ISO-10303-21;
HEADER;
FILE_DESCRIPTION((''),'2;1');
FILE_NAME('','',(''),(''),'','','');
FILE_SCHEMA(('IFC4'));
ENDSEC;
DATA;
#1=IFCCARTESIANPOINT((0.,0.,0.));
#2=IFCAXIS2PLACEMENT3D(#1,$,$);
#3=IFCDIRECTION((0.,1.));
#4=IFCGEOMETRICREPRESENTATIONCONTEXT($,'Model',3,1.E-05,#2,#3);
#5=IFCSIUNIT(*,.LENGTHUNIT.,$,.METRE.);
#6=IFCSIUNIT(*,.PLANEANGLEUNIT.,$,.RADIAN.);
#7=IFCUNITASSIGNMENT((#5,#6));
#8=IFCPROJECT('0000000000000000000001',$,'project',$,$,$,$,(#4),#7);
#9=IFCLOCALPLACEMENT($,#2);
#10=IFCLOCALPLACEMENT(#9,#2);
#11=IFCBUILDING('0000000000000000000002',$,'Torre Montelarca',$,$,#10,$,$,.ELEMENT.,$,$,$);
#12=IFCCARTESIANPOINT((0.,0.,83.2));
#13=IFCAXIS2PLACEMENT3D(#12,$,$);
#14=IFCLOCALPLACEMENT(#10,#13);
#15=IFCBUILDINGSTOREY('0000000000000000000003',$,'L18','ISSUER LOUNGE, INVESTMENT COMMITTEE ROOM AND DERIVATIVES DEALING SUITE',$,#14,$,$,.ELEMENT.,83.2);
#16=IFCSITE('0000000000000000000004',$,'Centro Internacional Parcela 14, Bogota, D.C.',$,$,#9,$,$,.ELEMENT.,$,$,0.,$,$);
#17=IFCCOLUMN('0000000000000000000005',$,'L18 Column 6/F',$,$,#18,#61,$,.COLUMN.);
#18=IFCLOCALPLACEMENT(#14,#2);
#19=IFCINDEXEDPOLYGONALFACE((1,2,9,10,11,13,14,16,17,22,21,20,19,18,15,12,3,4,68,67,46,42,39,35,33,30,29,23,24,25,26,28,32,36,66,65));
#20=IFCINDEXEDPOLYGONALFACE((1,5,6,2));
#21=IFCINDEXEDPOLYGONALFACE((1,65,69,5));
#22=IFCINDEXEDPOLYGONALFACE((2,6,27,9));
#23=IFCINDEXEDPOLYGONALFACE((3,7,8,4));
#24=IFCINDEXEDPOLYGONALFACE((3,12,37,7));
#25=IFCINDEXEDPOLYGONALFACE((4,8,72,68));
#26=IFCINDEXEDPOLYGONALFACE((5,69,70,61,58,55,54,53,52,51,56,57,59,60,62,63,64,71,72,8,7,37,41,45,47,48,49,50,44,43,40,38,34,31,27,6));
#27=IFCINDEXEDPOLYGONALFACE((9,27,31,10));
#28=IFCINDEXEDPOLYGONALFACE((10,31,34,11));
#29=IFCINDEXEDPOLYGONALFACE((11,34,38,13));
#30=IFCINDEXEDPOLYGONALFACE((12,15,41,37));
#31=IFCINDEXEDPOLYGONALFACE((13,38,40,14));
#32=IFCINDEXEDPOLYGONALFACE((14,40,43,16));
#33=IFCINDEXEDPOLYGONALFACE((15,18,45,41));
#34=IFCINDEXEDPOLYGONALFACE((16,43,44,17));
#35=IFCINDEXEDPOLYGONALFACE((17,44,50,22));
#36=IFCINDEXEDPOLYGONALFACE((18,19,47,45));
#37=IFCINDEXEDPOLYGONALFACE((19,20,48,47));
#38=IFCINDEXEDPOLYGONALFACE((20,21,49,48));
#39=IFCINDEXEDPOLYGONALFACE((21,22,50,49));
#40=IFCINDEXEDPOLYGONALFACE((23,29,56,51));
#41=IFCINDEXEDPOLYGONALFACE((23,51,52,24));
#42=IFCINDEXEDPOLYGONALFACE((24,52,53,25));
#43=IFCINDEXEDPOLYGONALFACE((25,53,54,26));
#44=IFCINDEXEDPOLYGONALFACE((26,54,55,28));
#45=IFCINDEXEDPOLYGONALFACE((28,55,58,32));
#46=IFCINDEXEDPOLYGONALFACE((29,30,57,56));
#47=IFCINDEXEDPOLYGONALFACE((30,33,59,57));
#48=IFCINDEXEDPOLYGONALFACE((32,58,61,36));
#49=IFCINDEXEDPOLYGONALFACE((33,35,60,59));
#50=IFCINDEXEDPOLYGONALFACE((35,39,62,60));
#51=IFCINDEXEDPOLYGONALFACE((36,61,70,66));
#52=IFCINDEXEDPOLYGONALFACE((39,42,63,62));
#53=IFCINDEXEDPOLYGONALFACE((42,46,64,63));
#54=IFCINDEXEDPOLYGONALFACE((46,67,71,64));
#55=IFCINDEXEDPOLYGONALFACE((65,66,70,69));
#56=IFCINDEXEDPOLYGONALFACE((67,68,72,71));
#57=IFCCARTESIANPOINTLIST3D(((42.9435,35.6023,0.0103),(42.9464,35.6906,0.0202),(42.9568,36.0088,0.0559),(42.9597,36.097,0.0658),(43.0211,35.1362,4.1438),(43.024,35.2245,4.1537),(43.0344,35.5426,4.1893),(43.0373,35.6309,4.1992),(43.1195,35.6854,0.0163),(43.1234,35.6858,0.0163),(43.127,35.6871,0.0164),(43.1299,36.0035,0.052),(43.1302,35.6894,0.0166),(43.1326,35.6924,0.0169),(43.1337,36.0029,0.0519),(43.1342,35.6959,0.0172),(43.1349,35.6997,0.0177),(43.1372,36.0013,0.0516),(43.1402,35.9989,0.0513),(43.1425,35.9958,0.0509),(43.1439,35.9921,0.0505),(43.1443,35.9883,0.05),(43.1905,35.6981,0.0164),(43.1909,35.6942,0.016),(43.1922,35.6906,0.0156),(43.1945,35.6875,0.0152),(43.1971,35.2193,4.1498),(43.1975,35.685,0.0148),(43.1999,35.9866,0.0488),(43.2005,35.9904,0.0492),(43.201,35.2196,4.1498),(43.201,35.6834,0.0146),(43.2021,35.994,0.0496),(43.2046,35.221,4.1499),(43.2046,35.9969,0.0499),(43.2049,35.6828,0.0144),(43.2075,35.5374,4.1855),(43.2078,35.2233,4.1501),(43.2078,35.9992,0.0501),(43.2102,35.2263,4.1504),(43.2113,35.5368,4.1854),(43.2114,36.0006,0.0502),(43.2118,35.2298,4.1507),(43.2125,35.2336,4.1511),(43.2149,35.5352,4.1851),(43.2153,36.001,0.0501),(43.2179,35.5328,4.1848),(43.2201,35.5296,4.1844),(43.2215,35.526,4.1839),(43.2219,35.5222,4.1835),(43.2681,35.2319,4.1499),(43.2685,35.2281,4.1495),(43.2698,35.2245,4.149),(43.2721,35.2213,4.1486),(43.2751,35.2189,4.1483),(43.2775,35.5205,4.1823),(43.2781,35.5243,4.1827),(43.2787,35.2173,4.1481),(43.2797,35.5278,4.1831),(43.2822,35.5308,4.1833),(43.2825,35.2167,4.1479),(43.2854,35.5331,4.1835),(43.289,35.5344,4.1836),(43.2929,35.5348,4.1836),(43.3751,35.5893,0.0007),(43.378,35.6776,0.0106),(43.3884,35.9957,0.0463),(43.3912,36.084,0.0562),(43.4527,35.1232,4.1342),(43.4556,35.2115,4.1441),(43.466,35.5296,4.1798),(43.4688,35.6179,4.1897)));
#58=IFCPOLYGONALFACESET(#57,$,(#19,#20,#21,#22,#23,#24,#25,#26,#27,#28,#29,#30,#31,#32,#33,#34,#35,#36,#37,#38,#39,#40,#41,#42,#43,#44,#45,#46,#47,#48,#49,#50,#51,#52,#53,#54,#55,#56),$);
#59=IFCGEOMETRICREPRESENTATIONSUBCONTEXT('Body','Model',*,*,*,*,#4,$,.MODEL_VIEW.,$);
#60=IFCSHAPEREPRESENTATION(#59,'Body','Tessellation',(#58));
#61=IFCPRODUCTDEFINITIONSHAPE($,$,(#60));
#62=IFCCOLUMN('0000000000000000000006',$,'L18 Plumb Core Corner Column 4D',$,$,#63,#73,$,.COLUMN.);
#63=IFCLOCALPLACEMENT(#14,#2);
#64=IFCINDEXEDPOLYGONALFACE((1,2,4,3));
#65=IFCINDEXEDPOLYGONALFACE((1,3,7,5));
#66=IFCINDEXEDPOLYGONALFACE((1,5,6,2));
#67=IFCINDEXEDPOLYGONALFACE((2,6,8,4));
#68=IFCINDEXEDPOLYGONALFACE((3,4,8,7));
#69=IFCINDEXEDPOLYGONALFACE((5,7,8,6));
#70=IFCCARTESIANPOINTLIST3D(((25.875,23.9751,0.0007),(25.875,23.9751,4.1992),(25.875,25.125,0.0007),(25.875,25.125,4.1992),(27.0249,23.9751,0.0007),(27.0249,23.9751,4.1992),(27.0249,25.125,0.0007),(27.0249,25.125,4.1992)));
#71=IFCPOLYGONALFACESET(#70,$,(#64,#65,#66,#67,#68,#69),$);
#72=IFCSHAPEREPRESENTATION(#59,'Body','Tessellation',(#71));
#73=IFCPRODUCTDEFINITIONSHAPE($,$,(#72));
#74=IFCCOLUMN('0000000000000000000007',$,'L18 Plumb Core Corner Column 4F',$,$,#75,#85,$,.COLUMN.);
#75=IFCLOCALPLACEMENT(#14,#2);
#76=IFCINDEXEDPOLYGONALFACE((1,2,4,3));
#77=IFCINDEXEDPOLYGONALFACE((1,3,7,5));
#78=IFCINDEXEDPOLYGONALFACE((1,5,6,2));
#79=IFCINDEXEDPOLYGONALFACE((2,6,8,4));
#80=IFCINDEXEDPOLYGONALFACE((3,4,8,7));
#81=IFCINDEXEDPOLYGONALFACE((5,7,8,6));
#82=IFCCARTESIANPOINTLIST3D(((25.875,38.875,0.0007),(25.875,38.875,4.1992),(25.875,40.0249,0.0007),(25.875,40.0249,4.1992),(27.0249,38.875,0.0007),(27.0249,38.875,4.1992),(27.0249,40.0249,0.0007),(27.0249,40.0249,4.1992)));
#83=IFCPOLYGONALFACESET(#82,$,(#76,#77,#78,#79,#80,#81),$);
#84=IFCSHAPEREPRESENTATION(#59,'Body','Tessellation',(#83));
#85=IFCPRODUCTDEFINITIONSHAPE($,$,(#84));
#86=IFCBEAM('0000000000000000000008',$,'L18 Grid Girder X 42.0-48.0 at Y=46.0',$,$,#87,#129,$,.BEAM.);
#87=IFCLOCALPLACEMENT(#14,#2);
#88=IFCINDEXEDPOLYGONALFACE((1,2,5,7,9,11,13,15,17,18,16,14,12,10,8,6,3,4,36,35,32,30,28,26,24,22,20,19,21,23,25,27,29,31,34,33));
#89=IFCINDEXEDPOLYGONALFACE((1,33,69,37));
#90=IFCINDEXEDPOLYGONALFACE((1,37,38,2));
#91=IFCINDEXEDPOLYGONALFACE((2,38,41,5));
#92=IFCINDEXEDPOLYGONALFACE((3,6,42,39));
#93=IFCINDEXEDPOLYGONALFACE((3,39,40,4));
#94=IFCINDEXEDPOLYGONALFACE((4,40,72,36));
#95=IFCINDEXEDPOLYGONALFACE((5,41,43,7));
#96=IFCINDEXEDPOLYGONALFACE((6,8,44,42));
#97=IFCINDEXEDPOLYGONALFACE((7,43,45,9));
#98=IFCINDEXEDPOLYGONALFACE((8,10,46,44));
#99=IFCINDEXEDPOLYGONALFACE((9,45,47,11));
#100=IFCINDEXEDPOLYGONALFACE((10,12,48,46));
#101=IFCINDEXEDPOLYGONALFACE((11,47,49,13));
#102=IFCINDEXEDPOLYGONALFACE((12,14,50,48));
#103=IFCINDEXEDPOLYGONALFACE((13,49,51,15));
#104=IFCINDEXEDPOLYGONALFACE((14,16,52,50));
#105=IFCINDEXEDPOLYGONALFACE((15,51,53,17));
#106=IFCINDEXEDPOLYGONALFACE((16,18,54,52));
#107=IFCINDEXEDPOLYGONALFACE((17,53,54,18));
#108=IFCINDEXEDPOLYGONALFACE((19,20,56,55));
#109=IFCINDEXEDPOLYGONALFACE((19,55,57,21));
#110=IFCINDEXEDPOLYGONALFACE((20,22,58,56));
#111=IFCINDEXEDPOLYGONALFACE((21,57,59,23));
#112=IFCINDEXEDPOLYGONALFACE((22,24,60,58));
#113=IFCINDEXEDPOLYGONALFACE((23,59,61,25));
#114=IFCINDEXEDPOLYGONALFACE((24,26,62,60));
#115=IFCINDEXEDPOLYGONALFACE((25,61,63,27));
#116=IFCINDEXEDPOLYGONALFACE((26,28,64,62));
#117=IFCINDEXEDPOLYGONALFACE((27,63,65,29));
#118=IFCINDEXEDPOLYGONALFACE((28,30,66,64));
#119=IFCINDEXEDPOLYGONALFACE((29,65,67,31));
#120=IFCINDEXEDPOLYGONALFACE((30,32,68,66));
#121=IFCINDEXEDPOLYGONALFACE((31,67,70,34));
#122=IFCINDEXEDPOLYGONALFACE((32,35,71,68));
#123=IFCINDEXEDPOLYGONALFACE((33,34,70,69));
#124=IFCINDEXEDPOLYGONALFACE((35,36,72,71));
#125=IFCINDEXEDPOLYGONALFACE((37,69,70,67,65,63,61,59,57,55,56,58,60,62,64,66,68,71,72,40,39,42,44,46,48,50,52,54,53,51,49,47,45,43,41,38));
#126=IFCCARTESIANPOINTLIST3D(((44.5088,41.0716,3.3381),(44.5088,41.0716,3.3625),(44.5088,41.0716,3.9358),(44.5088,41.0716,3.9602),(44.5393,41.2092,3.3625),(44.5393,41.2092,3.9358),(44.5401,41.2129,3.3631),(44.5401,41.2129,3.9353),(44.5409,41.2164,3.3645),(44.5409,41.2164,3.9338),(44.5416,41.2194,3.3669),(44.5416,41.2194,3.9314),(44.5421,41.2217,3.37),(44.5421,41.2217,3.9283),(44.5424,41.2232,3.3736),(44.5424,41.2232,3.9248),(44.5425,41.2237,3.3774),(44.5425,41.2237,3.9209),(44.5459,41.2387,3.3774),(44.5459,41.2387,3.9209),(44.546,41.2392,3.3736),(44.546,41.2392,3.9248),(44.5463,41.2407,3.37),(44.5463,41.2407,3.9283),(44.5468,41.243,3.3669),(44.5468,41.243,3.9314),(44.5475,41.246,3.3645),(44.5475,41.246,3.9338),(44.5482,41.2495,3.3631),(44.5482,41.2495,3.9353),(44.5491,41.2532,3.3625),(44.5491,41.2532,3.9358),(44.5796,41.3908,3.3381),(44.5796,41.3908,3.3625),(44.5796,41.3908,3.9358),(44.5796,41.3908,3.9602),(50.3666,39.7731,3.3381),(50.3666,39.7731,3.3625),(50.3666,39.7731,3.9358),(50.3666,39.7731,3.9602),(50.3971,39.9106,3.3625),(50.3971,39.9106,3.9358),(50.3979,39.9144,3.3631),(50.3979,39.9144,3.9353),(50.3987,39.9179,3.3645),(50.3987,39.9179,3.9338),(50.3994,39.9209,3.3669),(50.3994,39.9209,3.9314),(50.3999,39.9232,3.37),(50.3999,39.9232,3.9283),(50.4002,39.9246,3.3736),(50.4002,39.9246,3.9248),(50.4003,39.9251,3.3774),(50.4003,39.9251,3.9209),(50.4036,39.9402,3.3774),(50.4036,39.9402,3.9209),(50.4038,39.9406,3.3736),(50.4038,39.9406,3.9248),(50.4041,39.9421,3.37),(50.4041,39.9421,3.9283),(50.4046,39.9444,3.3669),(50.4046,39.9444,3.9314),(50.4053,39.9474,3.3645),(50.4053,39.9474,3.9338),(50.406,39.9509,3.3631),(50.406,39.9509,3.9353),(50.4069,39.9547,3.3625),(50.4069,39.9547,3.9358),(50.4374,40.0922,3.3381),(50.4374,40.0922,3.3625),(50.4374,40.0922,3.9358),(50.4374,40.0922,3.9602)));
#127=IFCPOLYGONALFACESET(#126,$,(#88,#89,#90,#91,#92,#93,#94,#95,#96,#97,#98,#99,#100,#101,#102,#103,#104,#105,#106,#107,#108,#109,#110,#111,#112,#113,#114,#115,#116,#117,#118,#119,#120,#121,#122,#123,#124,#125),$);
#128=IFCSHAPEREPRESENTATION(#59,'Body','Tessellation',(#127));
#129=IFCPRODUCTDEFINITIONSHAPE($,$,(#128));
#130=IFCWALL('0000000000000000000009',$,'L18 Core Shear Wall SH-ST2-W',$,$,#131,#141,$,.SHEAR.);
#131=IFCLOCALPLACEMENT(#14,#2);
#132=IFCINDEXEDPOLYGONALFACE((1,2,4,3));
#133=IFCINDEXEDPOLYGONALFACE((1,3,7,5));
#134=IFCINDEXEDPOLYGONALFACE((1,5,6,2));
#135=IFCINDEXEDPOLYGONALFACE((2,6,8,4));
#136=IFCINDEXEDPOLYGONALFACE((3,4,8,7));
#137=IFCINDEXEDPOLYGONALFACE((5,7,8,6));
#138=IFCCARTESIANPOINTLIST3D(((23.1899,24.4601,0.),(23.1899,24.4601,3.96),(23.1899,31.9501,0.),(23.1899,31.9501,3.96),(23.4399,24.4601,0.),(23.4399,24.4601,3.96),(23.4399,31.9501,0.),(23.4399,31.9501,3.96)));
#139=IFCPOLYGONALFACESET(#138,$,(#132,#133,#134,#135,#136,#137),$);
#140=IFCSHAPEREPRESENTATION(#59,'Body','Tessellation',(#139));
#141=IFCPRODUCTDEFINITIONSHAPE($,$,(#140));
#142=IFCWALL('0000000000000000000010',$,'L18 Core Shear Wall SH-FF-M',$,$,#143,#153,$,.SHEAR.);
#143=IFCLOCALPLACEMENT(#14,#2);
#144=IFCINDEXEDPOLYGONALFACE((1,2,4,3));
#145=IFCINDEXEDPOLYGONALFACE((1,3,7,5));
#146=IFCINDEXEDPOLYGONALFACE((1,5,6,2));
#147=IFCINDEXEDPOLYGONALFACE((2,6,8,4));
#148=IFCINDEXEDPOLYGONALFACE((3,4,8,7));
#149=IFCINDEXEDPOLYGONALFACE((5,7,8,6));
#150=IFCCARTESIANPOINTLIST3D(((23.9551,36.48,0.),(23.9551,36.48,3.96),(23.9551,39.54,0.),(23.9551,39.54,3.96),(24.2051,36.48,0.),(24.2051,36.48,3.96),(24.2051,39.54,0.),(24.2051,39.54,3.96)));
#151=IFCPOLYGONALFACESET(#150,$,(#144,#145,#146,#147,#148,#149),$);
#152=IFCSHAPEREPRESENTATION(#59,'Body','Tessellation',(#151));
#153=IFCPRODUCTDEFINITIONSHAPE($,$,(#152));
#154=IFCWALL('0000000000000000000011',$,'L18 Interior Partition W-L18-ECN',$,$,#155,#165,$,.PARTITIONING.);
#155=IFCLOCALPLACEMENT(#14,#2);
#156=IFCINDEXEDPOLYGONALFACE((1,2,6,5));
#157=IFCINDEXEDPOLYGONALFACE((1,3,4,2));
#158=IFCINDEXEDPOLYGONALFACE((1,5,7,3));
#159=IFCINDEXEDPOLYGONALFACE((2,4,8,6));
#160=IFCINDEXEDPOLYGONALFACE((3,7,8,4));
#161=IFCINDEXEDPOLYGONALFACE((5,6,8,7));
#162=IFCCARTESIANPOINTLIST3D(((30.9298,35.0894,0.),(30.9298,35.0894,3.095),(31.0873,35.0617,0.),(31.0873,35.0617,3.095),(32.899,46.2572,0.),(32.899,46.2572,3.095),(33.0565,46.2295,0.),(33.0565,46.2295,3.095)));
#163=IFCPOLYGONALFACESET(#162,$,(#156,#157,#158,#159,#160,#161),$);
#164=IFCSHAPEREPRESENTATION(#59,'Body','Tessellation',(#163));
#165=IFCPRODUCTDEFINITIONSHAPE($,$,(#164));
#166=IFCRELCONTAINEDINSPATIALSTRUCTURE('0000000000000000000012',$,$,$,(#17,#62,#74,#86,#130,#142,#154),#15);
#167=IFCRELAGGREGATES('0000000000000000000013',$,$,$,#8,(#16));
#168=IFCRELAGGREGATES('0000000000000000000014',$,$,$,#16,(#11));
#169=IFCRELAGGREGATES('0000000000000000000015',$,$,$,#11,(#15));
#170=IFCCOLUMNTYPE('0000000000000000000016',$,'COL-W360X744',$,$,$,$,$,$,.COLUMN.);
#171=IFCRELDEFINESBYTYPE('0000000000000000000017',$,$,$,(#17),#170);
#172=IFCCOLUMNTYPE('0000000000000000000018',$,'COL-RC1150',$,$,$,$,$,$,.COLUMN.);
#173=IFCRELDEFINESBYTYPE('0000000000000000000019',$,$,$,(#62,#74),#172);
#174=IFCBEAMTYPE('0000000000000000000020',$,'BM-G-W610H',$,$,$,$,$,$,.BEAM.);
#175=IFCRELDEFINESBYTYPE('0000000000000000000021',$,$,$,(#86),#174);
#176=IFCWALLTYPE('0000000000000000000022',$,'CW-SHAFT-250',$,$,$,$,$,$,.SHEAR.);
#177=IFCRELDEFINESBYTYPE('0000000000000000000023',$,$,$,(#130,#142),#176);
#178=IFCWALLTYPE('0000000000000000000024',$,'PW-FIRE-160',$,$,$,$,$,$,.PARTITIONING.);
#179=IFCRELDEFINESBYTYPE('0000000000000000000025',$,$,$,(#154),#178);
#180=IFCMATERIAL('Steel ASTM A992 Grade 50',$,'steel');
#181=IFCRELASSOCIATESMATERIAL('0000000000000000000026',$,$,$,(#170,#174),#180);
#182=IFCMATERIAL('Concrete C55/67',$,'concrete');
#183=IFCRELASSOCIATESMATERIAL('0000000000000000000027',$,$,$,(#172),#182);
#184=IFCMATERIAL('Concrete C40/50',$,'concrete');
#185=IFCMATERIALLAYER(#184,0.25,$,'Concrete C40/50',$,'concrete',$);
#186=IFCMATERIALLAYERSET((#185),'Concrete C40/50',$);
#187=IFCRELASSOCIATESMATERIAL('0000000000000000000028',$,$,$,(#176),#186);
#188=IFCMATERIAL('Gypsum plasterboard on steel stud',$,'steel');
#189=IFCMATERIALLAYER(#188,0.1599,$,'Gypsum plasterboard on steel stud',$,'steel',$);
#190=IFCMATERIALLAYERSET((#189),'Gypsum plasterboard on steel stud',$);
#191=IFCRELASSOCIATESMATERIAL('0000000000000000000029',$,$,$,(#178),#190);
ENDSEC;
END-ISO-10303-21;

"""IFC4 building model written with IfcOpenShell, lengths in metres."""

from ifc_helpers import new_model, si_unit, direction, frame, frame_2d, origin, origin_2d, place, context, subcontext, project, spatial, rectangle, i_section, extrude, clip, halfspace, source, transform, mapped, material, layer, layer_set, material_profile, profile_set, type_object, element, save


model = new_model("IFC4")

# Units and contexts
model_context = context("Model", 3, precision=1e-05, world=origin(), true_north=direction((0.0, 1.0)))
body_context = subcontext(model_context, "Body", "Model", "MODEL_VIEW")
ifc_project = project(units=[si_unit("LENGTHUNIT", "METRE"), si_unit("PLANEANGLEUNIT", "RADIAN")], contexts=[model_context])

# Site, building, storey
site_placement = place(None, origin())
site = spatial("IfcSite", under=ifc_project, at=site_placement, Name="Centro Internacional Parcela 14, Bogota, D.C.", CompositionType="ELEMENT", RefElevation=0.0)
building_placement = place(site_placement, origin())
building = spatial("IfcBuilding", under=site, at=building_placement, Name="Torre Montelarca", CompositionType="ELEMENT")
storey_placement = place(building_placement, frame((0.0, 0.0, 83.2)))
storey = spatial("IfcBuildingStorey", under=building, at=storey_placement, Name="L18", Description="ISSUER LOUNGE, INVESTMENT COMMITTEE ROOM AND DERIVATIVES DEALING SUITE", CompositionType="ELEMENT", Elevation=83.2)

# Columns
ifc_material_1 = material(Name="Steel ASTM A992 Grade 50", Category="steel")
ifc_material_profile_1 = material_profile(ifc_material_1, i_section(OverallWidth=0.4319, OverallDepth=0.498, WebThickness=0.0557, FlangeThickness=0.0889, FilletRadius=0.0149, at=origin_2d()), Name="W360X744", Category="steel")
ifc_profile_set_1 = profile_set([ifc_material_profile_1], Name="Steel ASTM A992 Grade 50")
column_type_1 = type_object("IfcColumnType", Name="COL-W360X744", PredefinedType="COLUMN", material=ifc_profile_set_1)
column_1_placement = place(storey_placement, frame((43.1667, 35.8469, 0.0), z_axis=(0.018654, -0.112041, 0.993528), x_axis=(-0.999301, 0.030118, 0.022159)))
element("IfcColumn", 1, at=column_1_placement, inside=storey, type_object=column_type_1, Name="L18 Column 6/F", PredefinedType="COLUMN", context=body_context, shape_type="Clipping", body=[
    clip(clip(extrude(i_section(OverallWidth=0.4319, OverallDepth=0.498, WebThickness=0.0557, FlangeThickness=0.0889, FilletRadius=0.0149, at=origin_2d()), origin(), (0.0, 0.0, 1.0), 4.2273), halfspace(frame((0.0, 0.0, 0.0334), z_axis=(0.0, 0.0, -1.0), x_axis=(1.0, 0.0, 0.0)), False)), halfspace(frame((0.0, 0.0, 4.1938), z_axis=(0.0, 0.0, 1.0), x_axis=(1.0, 0.0, 0.0)), False)),
])
ifc_material_2 = material(Name="Concrete C55/67", Category="concrete")
ifc_material_profile_2 = material_profile(ifc_material_2, rectangle(XDim=1.1499, YDim=1.1499, at=origin_2d()), Name="RC1150X1150", Category="concrete")
ifc_profile_set_2 = profile_set([ifc_material_profile_2], Name="Concrete C55/67")
column_type_2 = type_object("IfcColumnType", Name="COL-RC1150", PredefinedType="COLUMN", material=ifc_profile_set_2)
shared_shape_1 = source(origin(), body_context, "Body", "SweptSolid", [
    extrude(rectangle(XDim=1.1499, YDim=1.1499, at=origin_2d()), origin(), (0.0, 0.0, 1.0), 4.1985),
])
for number, where, z_axis, x_axis, name in (
    (2, (26.45, 24.55, 0.0007), (0.0, 0.0, 1.0), (1.0, 0.0, 0.0), "L18 Plumb Core Corner Column 4D"),
    (3, (26.45, 39.45, 0.0007), (0.0, 0.0, 1.0), (1.0, 0.0, 0.0), "L18 Plumb Core Corner Column 4F"),
):
    element("IfcColumn", number, at=place(storey_placement, frame(where, z_axis=z_axis, x_axis=x_axis)), inside=storey, type_object=column_type_2, Name=name, PredefinedType="COLUMN", context=body_context, shape_type="MappedRepresentation", body=[
        mapped(shared_shape_1, transform((0.0, 0.0, 0.0), scale=1.0)),
    ])

# Beam
ifc_material_profile_3 = material_profile(ifc_material_1, i_section(OverallWidth=0.3269, OverallDepth=0.6221, WebThickness=0.0154, FlangeThickness=0.0244, FilletRadius=0.0149, at=origin_2d()), Name="W610X195", Category="steel")
ifc_profile_set_3 = profile_set([ifc_material_profile_3], Name="Steel ASTM A992 Grade 50")
beam_type = type_object("IfcBeamType", Name="BM-G-W610H", PredefinedType="BEAM", material=ifc_profile_set_3)
shared_shape_2 = source(origin(), body_context, "Body", "SweptSolid", [
    extrude(i_section(OverallWidth=0.3269, OverallDepth=0.6221, WebThickness=0.0154, FlangeThickness=0.0244, FilletRadius=0.0149, at=origin_2d()), origin(), (0.0, 0.0, 1.0), 6.0),
])
beam_placement = place(storey_placement, frame((44.5442, 41.2312, 3.6492), z_axis=(0.976299, -0.216426, 0.0), x_axis=(0.216426, 0.976299, 0.0)))
element("IfcBeam", 4, at=beam_placement, inside=storey, type_object=beam_type, Name="L18 Grid Girder X 42.0-48.0 at Y=46.0", PredefinedType="BEAM", context=body_context, shape_type="MappedRepresentation", body=[
    mapped(shared_shape_2, transform((0.0, 0.0, 0.0), scale=1.0)),
])

# Walls
ifc_material_3 = material(Name="Concrete C40/50", Category="concrete")
ifc_layer_1 = layer(ifc_material_3, 0.25, Name="Concrete C40/50", Category="concrete")
ifc_layer_set_1 = layer_set([ifc_layer_1], Name="Concrete C40/50")
wall_type_1 = type_object("IfcWallType", Name="CW-SHAFT-250", PredefinedType="SHEAR", material=ifc_layer_set_1)
wall_1_placement = place(storey_placement, frame((23.3149, 24.46, 0.0), z_axis=(0.0, 0.0, 1.0), x_axis=(0.0, 1.0, 0.0)))
element("IfcWall", 5, at=wall_1_placement, inside=storey, type_object=wall_type_1, Name="L18 Core Shear Wall SH-ST2-W", PredefinedType="SHEAR", context=body_context, shape_type="SweptSolid", body=[
    extrude(rectangle(XDim=7.49, YDim=0.25, at=frame_2d((3.7451, 0.0))), origin(), (0.0, 0.0, 1.0), 3.96),
])
wall_2_placement = place(storey_placement, frame((24.0801, 36.48, 0.0), z_axis=(0.0, 0.0, 1.0), x_axis=(0.0, 1.0, 0.0)))
element("IfcWall", 6, at=wall_2_placement, inside=storey, type_object=wall_type_1, Name="L18 Core Shear Wall SH-FF-M", PredefinedType="SHEAR", context=body_context, shape_type="SweptSolid", body=[
    extrude(rectangle(XDim=3.0601, YDim=0.25, at=frame_2d((1.53, 0.0))), origin(), (0.0, 0.0, 1.0), 3.96),
])
ifc_material_4 = material(Name="Gypsum plasterboard on steel stud", Category="steel")
ifc_layer_2 = layer(ifc_material_4, 0.1599, Name="Gypsum plasterboard on steel stud", Category="steel")
ifc_layer_set_2 = layer_set([ifc_layer_2], Name="Gypsum plasterboard on steel stud")
wall_type_2 = type_object("IfcWallType", Name="PW-FIRE-160", PredefinedType="PARTITIONING", material=ifc_layer_set_2)
wall_3_placement = place(storey_placement, frame((31.0085, 35.0757, 0.0), z_axis=(0.0, 0.0, 1.0), x_axis=(0.173654, 0.984807, 0.0)))
element("IfcWall", 7, at=wall_3_placement, inside=storey, type_object=wall_type_2, Name="L18 Interior Partition W-L18-ECN", PredefinedType="PARTITIONING", context=body_context, shape_type="SweptSolid", body=[
    extrude(rectangle(XDim=11.3401, YDim=0.1599, at=frame_2d((5.6699, 0.0))), origin(), (0.0, 0.0, 1.0), 3.095),
])

save(model, "model.ifc")
